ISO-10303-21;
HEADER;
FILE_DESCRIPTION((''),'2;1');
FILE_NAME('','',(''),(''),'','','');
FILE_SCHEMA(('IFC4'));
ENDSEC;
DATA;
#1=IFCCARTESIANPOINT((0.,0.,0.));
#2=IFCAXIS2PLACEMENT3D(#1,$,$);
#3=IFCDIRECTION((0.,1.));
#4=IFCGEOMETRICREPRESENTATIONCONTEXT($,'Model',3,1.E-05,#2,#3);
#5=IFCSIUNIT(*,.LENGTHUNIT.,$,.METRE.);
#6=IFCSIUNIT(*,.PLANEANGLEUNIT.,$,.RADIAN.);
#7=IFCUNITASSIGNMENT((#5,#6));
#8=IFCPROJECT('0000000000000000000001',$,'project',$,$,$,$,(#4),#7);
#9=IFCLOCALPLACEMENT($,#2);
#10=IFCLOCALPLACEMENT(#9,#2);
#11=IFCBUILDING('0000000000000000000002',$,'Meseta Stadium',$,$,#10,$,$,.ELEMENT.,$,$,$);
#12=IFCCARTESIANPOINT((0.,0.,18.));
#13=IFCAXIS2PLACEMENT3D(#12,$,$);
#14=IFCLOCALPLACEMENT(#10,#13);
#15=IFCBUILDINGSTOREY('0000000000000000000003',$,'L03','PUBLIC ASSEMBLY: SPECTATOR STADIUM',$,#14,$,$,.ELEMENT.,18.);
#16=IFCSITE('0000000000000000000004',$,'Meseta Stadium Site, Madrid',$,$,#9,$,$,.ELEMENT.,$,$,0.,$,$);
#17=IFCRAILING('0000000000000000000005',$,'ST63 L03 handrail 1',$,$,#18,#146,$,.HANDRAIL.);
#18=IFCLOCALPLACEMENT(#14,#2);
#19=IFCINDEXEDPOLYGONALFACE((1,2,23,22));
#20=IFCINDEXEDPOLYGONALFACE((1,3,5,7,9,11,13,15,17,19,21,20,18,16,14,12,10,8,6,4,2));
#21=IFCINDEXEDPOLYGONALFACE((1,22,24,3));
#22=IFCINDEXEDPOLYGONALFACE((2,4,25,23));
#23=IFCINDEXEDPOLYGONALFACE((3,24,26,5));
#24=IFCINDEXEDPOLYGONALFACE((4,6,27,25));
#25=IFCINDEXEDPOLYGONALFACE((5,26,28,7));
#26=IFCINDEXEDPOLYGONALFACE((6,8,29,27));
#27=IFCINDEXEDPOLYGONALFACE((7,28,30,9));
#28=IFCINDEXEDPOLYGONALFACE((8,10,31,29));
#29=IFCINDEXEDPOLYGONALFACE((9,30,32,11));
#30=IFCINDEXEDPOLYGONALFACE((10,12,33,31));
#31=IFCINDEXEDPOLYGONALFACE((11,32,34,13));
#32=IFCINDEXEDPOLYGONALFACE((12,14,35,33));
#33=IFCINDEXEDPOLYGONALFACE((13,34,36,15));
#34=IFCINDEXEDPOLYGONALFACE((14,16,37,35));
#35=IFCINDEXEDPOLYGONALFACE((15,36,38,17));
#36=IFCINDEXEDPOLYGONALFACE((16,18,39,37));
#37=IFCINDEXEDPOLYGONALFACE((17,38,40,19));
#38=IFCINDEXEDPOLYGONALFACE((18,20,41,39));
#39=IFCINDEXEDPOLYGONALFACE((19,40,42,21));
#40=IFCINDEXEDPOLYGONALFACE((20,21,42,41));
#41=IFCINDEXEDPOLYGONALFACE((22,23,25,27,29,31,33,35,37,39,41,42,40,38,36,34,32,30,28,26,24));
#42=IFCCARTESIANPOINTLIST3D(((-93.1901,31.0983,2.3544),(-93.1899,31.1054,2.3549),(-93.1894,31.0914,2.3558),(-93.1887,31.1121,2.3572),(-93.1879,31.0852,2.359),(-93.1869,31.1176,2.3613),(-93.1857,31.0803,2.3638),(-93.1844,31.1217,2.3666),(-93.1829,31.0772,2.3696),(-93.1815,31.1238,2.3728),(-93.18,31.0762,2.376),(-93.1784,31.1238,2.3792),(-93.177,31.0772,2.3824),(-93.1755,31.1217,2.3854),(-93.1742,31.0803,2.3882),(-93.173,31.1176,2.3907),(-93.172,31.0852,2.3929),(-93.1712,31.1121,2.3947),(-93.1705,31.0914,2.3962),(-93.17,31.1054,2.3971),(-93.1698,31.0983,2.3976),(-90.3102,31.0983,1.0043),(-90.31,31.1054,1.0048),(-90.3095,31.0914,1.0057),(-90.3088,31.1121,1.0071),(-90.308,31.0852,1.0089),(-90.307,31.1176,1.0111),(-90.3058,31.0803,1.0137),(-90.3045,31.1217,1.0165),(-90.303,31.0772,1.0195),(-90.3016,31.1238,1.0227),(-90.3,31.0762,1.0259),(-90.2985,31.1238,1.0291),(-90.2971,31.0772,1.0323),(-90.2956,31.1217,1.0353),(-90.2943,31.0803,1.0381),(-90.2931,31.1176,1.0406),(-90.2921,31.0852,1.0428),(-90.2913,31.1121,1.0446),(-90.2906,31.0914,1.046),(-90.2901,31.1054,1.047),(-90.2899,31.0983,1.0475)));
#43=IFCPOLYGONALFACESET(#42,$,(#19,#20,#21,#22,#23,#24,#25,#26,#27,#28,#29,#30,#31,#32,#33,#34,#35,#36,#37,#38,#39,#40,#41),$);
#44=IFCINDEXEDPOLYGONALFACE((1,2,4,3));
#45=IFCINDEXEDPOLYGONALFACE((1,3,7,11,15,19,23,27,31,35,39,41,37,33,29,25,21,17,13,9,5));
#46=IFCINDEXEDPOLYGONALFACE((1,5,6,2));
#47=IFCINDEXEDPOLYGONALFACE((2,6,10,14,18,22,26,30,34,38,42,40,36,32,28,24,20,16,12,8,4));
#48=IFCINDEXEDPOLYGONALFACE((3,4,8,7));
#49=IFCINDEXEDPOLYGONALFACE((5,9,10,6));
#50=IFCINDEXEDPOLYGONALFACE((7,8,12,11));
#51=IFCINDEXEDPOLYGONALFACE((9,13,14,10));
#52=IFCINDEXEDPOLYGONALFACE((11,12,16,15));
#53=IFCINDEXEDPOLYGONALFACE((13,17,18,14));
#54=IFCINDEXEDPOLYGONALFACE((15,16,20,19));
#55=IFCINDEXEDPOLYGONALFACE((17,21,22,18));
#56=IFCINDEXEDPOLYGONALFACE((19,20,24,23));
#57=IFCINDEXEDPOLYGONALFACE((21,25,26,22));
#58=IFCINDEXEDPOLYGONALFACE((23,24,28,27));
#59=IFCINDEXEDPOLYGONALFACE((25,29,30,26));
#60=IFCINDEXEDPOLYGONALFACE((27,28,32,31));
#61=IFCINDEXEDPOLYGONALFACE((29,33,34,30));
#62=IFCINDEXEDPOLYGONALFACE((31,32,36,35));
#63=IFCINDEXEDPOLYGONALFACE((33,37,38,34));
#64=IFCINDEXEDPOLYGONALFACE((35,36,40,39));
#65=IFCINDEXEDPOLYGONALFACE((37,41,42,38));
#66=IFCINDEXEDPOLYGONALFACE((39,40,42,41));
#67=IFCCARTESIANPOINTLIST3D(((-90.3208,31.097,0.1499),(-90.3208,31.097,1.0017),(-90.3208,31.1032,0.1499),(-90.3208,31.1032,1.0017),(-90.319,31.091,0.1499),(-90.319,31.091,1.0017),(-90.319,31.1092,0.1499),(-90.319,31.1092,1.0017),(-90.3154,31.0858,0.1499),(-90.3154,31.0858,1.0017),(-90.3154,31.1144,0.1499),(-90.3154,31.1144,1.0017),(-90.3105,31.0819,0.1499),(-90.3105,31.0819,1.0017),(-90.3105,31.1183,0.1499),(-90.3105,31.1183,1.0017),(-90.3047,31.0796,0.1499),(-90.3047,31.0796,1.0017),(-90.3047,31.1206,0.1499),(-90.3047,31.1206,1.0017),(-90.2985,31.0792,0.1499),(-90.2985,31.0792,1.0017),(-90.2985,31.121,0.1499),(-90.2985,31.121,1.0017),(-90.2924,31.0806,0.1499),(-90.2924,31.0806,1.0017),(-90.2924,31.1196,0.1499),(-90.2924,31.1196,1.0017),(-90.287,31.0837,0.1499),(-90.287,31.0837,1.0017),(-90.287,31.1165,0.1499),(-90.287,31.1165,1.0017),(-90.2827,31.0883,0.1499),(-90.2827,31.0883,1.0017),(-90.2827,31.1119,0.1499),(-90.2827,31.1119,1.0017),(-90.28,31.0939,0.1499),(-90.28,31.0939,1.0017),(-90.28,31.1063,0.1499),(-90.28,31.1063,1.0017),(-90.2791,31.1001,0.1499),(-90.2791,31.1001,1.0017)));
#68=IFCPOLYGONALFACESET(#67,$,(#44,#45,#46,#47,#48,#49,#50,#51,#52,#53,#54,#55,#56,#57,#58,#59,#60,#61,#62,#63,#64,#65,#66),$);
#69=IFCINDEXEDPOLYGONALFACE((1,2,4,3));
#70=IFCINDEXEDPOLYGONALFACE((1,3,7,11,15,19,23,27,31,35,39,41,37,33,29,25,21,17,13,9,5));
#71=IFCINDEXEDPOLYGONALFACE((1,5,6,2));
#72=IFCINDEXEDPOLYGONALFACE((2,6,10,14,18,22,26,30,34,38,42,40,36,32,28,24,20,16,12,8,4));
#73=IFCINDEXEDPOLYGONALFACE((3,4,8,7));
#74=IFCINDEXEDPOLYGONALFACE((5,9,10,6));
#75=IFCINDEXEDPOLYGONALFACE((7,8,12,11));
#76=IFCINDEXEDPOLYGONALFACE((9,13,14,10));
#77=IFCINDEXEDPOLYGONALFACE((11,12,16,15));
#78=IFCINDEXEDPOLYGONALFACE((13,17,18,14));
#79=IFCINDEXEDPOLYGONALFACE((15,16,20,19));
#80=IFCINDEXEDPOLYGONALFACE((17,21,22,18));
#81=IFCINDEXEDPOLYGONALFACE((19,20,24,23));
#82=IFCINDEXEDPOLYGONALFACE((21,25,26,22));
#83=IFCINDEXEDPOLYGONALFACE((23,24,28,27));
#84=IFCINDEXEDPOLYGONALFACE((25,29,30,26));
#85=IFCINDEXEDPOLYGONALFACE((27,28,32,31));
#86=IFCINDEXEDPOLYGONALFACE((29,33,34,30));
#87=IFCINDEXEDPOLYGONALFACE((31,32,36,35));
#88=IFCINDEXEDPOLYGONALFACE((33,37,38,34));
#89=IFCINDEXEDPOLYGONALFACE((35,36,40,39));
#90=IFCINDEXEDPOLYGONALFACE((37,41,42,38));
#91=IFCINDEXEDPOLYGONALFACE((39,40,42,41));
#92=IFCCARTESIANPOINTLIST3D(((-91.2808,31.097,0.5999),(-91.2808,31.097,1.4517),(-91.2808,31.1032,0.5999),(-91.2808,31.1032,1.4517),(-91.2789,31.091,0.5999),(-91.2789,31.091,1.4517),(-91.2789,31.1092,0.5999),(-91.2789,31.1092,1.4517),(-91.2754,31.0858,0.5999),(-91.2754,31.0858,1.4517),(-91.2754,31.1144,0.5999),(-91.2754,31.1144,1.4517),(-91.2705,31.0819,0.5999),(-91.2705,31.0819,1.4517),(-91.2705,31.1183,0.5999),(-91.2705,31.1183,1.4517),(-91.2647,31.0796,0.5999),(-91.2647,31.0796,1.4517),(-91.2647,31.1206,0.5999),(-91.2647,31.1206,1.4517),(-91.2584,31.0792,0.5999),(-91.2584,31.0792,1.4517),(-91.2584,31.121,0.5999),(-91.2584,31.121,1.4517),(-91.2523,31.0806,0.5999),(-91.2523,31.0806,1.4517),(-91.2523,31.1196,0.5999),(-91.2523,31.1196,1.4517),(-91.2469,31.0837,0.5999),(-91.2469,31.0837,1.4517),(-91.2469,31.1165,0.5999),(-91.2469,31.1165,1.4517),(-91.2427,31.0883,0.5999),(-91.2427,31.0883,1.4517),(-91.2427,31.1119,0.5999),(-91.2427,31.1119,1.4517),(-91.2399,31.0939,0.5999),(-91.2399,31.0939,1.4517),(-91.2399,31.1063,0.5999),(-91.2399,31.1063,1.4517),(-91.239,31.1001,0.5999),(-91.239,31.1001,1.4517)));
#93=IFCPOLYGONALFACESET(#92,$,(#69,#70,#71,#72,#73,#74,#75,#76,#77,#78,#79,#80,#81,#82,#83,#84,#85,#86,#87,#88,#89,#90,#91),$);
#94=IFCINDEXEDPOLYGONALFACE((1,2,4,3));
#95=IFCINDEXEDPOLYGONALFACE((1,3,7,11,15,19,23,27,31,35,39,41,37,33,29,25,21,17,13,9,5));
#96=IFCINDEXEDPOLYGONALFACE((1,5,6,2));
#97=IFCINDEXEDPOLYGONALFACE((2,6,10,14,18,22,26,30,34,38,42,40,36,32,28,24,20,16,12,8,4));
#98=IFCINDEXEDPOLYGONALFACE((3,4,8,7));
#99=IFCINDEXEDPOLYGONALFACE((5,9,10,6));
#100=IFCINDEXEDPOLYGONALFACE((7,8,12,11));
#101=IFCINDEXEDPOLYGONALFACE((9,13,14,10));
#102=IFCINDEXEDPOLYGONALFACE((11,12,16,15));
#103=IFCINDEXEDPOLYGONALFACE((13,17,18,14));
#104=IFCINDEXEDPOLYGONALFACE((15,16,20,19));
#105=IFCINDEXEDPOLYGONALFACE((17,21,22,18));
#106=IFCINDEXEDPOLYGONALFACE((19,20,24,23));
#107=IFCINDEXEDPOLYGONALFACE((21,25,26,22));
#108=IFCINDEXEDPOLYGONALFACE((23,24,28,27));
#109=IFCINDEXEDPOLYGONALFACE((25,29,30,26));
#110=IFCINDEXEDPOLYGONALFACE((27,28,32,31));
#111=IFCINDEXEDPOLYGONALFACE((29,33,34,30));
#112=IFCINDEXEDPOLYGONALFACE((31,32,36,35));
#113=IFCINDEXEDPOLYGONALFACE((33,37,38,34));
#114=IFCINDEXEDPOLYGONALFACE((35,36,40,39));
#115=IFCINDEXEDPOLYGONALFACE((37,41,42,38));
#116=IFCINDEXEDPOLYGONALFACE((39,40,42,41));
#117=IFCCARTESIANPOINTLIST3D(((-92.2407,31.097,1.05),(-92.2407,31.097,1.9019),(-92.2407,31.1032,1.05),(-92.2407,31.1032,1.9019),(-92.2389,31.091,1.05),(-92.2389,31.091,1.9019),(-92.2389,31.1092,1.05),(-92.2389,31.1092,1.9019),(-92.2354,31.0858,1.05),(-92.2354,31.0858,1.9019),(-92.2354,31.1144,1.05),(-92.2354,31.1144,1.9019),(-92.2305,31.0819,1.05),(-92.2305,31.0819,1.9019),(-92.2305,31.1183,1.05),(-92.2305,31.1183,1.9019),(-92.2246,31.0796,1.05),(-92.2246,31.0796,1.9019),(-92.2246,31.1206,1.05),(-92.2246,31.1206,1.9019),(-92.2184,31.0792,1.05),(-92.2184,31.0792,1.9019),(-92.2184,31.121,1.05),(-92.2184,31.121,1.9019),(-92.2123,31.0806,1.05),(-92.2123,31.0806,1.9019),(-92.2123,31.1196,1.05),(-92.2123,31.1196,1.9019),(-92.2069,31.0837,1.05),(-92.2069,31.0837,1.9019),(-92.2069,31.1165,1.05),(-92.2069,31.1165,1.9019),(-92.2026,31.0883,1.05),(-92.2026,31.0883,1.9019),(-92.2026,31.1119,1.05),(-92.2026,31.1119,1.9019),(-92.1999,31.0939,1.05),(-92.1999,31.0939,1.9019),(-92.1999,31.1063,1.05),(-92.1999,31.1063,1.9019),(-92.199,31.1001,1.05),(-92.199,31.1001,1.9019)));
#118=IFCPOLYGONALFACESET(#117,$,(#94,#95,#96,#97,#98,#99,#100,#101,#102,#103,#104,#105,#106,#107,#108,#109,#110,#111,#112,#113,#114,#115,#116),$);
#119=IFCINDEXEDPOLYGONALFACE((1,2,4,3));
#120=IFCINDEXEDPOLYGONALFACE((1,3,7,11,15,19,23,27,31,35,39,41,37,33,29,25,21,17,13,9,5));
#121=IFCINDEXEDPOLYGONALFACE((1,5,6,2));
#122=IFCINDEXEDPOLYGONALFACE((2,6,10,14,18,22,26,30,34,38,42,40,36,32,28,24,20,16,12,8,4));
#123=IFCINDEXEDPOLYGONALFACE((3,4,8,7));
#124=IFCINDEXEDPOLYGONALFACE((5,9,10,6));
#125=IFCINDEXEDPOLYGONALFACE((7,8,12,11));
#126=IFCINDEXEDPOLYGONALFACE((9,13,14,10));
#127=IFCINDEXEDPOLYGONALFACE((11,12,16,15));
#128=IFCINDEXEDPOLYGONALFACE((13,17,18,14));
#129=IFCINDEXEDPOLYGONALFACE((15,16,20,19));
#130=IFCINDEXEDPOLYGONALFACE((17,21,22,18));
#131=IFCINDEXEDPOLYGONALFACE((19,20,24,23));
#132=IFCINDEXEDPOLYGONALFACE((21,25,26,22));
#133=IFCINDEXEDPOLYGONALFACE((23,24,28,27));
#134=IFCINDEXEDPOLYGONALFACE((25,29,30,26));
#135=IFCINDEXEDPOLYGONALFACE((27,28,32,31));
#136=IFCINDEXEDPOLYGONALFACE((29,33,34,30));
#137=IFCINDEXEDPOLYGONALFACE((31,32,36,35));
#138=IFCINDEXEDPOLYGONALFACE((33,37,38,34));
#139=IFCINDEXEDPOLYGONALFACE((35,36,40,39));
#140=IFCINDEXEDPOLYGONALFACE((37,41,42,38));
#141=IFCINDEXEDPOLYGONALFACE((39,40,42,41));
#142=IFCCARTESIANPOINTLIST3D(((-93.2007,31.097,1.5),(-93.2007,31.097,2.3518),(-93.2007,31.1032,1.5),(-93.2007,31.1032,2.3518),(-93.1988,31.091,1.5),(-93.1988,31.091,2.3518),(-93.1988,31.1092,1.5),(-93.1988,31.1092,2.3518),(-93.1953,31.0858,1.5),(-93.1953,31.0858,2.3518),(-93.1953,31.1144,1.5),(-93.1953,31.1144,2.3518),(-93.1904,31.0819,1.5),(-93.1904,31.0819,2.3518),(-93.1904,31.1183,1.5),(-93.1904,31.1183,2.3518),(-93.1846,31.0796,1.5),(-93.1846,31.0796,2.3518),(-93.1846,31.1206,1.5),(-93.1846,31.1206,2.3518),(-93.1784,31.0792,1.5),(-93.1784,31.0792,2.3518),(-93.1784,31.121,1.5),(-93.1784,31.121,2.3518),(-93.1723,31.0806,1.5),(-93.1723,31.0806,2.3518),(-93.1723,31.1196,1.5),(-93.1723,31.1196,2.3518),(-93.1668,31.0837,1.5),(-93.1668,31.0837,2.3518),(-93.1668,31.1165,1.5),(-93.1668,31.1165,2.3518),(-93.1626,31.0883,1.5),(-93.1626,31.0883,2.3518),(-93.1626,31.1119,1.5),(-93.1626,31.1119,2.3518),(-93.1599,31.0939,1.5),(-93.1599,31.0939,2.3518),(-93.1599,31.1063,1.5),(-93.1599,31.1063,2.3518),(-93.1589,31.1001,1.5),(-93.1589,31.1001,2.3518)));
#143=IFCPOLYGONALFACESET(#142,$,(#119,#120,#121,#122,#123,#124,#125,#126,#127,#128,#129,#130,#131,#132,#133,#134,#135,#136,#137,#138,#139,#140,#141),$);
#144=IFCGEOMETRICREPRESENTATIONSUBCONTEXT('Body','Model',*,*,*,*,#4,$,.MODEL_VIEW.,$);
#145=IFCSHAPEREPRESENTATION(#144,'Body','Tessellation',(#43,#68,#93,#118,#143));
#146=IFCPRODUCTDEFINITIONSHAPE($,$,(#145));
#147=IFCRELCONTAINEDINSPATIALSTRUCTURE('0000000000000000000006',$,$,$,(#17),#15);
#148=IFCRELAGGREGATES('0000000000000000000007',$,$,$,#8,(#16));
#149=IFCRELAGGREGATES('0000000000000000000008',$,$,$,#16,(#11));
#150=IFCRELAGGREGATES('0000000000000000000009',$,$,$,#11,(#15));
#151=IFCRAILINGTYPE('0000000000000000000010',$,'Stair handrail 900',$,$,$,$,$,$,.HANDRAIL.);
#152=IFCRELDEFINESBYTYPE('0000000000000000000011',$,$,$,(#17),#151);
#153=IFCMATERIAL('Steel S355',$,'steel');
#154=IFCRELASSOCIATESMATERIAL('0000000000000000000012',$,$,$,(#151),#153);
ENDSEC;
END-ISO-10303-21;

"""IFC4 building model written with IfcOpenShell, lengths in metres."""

from ifc_helpers import new_model, si_unit, direction, frame, origin, origin_2d, place, context, subcontext, project, spatial, circle, extrude, material, type_object, element, save


model = new_model("IFC4")

# Units and contexts
model_context = context("Model", 3, precision=1e-05, world=origin(), true_north=direction((0.0, 1.0)))
body_context = subcontext(model_context, "Body", "Model", "MODEL_VIEW")
ifc_project = project(units=[si_unit("LENGTHUNIT", "METRE"), si_unit("PLANEANGLEUNIT", "RADIAN")], contexts=[model_context])

# Site, building, storey
site_placement = place(None, origin())
site = spatial("IfcSite", under=ifc_project, at=site_placement, Name="Meseta Stadium Site, Madrid", CompositionType="ELEMENT", RefElevation=0.0)
building_placement = place(site_placement, origin())
building = spatial("IfcBuilding", under=site, at=building_placement, Name="Meseta Stadium", CompositionType="ELEMENT")
storey_placement = place(building_placement, frame((0.0, 0.0, 18.0)))
storey = spatial("IfcBuildingStorey", under=building, at=storey_placement, Name="L03", Description="PUBLIC ASSEMBLY: SPECTATOR STADIUM", CompositionType="ELEMENT", Elevation=18.0)

# Railing
ifc_material_1 = material(Name="Steel S355", Category="steel")
railing_type_1 = type_object("IfcRailingType", Name="Stair handrail 900", PredefinedType="HANDRAIL", material=ifc_material_1)
for number, where, name in (
    (1, (-90.3, 31.1001, 0.1499), "ST63 L03 handrail 1"),
):
    element("IfcRailing", number, at=place(storey_placement, frame(where)), inside=storey, type_object=railing_type_1, Name=name, PredefinedType="HANDRAIL", context=body_context, shape_type="SweptSolid", body=[
        extrude(circle(Radius=0.0239, at=origin_2d()), frame((0.0, 0.0, 0.876), z_axis=(-0.90544, 0.0, 0.424473), x_axis=(0.0, -1.0, 0.0)), (0.0, 0.0, 1.0), 3.1807),
        extrude(circle(Radius=0.021, at=origin_2d()), origin(), (0.0, 0.0, 1.0), 0.8518),
        extrude(circle(Radius=0.021, at=origin_2d()), frame((-0.96, 0.0, 0.45)), (0.0, 0.0, 1.0), 0.8518),
        extrude(circle(Radius=0.021, at=origin_2d()), frame((-1.9199, 0.0, 0.9001)), (0.0, 0.0, 1.0), 0.8518),
        extrude(circle(Radius=0.021, at=origin_2d()), frame((-2.8799, 0.0, 1.3501)), (0.0, 0.0, 1.0), 0.8518),
    ])

save(model, "model.ifc")
